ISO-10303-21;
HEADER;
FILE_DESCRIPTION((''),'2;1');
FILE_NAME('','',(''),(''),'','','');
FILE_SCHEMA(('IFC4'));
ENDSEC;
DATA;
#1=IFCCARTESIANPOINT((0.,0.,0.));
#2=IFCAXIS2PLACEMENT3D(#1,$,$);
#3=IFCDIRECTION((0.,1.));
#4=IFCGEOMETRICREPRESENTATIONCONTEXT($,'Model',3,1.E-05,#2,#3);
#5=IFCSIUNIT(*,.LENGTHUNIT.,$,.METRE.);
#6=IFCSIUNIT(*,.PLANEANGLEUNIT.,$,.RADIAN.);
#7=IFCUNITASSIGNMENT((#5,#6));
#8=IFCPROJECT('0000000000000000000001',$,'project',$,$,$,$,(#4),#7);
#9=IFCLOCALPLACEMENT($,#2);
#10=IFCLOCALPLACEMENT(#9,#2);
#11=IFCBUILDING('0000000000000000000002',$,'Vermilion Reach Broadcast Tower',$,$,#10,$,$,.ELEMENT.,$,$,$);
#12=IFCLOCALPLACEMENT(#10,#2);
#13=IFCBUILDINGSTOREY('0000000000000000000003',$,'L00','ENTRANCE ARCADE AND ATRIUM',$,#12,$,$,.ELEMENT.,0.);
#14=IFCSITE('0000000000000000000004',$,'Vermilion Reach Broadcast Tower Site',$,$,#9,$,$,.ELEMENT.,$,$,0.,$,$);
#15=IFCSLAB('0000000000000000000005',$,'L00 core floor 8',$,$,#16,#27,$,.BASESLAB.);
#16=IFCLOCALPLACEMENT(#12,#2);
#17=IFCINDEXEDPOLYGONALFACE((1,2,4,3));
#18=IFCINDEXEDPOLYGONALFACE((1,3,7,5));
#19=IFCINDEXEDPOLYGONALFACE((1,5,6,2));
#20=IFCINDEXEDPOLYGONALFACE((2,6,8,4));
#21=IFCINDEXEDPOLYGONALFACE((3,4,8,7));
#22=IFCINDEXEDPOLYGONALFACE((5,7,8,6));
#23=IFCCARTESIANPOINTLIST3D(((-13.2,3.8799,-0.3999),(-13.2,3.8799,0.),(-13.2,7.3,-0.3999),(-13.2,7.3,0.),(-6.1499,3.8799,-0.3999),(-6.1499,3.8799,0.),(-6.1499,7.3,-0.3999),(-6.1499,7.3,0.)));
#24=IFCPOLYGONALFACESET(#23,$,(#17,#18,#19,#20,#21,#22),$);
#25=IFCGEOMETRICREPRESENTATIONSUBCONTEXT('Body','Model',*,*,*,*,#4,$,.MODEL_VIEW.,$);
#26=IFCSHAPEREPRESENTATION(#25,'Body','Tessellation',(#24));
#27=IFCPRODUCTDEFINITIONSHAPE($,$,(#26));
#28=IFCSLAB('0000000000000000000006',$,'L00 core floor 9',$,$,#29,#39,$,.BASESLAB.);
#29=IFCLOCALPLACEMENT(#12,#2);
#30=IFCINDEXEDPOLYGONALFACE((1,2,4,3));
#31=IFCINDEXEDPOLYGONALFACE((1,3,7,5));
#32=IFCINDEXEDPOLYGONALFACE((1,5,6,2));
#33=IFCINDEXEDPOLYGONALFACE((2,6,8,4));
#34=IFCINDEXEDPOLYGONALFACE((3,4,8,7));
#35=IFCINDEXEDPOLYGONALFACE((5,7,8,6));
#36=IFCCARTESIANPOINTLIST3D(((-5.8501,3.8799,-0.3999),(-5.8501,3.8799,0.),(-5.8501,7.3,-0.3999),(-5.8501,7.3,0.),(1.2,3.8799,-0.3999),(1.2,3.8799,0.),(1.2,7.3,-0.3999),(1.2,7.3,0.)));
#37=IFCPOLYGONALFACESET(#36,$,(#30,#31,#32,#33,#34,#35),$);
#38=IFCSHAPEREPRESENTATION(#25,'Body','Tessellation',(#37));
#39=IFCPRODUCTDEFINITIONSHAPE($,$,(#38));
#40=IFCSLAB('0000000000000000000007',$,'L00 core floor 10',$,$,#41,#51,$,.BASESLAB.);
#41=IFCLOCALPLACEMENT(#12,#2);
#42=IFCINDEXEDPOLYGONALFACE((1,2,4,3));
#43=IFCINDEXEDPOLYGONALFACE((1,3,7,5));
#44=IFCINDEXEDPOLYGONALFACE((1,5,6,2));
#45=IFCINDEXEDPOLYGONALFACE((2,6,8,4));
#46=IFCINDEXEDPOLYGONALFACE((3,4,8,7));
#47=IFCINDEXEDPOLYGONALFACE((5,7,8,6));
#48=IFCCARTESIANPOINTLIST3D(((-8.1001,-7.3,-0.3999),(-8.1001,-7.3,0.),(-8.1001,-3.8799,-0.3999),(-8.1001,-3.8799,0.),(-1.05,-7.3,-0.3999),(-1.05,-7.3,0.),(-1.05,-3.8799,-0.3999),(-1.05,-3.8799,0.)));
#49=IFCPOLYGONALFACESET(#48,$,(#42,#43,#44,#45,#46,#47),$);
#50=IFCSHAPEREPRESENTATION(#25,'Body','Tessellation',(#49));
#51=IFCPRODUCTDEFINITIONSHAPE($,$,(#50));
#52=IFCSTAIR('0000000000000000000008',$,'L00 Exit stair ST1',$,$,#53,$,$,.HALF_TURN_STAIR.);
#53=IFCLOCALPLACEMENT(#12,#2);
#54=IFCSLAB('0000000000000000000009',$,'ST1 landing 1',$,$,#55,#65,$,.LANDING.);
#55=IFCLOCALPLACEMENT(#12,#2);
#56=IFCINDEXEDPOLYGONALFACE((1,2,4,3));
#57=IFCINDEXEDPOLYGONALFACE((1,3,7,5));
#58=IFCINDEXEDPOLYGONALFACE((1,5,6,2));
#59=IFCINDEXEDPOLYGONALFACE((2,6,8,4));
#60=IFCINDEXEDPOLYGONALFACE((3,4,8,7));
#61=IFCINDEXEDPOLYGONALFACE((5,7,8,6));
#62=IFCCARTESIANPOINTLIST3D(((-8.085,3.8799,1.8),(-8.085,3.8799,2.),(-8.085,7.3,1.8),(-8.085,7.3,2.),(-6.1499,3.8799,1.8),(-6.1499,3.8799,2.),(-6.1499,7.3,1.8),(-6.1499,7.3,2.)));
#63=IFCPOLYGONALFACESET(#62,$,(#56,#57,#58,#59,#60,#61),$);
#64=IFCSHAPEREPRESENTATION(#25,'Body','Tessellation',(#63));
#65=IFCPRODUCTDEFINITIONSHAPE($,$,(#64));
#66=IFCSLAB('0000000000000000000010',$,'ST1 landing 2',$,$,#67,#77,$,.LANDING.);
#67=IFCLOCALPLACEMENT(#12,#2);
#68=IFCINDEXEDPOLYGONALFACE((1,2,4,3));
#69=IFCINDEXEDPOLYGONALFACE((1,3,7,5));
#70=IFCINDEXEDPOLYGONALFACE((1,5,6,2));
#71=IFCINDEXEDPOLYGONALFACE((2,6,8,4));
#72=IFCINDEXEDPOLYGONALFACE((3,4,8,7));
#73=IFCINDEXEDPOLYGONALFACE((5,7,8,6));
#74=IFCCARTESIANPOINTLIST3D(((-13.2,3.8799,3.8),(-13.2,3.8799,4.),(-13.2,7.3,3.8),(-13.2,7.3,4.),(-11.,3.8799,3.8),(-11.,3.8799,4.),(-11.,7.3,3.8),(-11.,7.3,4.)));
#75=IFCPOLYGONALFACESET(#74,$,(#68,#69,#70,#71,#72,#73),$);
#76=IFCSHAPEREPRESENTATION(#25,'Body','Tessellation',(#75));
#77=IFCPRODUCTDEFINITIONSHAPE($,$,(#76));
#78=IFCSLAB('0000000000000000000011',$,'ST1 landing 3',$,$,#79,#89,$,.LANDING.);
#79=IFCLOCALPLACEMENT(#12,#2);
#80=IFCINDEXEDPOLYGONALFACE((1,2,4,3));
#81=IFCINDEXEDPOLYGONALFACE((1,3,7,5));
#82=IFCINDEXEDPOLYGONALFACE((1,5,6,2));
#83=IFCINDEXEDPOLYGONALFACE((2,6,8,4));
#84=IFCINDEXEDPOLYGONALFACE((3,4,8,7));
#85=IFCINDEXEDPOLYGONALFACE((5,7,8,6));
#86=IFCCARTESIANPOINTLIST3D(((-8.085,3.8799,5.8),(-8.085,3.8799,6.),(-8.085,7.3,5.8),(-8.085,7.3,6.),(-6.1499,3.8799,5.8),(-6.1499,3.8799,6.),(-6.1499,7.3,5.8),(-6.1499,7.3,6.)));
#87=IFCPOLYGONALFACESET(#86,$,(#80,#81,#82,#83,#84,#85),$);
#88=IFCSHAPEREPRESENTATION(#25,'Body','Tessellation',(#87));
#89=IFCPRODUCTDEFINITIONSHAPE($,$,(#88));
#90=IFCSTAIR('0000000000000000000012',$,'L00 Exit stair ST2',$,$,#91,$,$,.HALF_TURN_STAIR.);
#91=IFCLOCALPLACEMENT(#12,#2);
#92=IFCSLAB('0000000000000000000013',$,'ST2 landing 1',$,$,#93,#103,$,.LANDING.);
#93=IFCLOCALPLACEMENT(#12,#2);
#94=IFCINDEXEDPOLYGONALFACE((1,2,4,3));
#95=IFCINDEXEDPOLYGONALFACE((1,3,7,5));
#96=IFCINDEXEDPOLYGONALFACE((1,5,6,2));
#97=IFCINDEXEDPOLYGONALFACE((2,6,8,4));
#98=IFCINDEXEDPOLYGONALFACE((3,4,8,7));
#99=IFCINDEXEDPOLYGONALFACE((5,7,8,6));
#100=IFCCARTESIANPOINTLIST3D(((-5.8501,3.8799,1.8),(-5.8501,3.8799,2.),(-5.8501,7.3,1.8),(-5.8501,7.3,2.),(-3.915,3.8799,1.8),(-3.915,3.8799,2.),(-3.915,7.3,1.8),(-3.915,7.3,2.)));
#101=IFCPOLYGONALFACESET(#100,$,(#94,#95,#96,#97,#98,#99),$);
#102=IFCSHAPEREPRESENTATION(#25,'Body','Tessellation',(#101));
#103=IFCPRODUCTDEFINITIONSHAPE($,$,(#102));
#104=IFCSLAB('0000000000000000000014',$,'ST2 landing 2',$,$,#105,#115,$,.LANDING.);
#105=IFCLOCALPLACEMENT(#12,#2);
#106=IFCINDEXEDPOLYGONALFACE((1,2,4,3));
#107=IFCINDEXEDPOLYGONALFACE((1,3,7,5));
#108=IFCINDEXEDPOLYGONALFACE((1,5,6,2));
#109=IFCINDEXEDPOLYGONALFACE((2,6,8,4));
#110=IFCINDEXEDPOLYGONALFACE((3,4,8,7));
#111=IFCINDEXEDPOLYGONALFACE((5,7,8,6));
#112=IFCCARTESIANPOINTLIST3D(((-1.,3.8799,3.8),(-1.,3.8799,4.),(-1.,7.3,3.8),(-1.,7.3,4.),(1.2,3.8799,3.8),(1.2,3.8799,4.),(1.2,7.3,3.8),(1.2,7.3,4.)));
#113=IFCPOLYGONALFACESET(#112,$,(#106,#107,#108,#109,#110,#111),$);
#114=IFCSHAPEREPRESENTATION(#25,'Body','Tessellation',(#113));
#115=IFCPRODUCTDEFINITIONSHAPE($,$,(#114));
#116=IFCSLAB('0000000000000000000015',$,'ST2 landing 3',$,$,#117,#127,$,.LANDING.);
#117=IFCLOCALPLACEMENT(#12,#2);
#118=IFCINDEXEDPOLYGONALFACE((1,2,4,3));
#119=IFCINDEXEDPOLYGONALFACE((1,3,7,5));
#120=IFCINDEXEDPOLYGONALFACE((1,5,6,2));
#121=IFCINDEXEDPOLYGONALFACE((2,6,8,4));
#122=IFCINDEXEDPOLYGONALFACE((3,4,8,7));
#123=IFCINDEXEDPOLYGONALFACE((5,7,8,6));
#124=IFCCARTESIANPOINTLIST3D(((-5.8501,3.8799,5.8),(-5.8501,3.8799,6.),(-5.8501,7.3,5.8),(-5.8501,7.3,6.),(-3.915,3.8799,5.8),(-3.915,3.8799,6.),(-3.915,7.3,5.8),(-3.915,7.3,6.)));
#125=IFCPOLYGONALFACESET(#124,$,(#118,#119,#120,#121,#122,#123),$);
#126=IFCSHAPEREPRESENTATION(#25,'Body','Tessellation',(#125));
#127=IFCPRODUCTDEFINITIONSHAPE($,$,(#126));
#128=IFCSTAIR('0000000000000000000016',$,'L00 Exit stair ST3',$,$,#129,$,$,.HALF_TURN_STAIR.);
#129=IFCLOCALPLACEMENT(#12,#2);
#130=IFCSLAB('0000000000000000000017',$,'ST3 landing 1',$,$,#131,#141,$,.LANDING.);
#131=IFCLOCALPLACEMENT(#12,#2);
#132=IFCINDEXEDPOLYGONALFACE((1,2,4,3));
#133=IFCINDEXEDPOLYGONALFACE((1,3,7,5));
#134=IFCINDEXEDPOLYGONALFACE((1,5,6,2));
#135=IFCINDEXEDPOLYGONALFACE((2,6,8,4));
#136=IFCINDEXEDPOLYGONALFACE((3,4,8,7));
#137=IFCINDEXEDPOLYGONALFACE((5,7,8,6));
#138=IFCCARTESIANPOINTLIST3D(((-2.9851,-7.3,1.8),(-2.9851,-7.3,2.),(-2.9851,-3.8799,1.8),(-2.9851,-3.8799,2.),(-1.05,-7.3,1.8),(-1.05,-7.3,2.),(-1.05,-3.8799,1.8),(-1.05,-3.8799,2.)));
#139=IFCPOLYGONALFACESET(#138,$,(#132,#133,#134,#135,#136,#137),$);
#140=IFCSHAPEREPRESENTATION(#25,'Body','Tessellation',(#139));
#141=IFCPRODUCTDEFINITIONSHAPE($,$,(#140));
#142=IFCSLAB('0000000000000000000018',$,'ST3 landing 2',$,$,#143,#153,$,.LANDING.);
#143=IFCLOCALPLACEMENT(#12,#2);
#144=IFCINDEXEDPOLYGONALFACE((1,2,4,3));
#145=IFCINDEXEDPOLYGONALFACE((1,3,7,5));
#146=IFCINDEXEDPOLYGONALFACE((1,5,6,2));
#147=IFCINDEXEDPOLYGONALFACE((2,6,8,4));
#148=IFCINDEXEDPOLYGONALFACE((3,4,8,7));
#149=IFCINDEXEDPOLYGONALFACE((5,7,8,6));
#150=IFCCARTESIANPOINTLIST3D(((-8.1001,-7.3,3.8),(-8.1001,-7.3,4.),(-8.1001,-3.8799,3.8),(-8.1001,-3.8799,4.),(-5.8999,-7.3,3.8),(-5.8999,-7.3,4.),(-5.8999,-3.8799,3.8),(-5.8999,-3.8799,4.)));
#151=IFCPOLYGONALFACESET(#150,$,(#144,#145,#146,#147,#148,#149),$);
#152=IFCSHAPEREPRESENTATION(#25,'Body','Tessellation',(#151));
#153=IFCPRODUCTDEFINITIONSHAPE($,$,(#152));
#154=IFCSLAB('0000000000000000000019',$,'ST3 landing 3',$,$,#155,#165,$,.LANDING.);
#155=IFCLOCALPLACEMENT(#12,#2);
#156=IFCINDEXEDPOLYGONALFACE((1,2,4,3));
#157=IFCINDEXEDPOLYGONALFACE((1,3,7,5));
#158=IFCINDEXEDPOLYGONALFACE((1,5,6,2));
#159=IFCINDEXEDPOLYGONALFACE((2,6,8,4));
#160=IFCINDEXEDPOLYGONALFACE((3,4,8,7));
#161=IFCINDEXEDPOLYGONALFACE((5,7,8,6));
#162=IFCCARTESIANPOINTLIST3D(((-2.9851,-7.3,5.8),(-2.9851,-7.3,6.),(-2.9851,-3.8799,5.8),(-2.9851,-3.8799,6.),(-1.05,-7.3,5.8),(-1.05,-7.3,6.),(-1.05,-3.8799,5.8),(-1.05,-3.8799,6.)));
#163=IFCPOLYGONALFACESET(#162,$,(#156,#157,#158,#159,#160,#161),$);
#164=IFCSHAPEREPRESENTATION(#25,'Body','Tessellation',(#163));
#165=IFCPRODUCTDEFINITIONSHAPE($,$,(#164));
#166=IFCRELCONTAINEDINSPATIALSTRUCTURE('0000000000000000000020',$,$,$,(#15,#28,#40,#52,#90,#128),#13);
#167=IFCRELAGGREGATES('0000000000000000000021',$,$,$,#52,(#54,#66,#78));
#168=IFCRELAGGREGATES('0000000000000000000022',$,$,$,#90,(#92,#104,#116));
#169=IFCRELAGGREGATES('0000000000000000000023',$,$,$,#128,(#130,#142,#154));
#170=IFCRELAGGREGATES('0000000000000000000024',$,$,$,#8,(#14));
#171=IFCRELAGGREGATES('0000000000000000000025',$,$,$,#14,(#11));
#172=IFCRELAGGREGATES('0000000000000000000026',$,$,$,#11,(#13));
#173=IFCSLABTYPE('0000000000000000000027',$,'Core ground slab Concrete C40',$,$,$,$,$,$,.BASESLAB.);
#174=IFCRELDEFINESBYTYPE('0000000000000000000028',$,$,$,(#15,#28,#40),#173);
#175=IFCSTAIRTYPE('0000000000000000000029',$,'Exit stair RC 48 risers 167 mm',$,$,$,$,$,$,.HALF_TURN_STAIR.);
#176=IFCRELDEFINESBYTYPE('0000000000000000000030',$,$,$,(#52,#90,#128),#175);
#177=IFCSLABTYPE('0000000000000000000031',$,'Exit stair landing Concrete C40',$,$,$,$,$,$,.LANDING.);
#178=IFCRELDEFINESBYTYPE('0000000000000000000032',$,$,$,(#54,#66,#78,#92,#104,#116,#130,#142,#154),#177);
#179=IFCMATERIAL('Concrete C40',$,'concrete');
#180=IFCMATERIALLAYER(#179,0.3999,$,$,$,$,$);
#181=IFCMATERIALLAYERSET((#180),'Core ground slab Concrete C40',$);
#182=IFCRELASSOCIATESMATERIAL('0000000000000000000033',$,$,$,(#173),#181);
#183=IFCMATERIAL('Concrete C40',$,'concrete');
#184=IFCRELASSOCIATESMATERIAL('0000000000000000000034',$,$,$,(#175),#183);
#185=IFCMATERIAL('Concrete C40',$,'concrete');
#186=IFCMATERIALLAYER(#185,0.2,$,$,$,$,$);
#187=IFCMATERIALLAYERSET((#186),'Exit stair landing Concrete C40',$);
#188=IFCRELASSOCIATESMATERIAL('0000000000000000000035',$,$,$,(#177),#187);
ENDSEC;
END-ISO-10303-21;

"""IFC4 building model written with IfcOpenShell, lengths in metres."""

from ifc_helpers import new_model, si_unit, direction, frame, origin, place, context, subcontext, project, spatial, polyline, outline, extrude, material, layer, layer_set, type_object, element, aggregate, save


model = new_model("IFC4")

# Units and contexts
model_context = context("Model", 3, precision=1e-05, world=origin(), true_north=direction((0.0, 1.0)))
body_context = subcontext(model_context, "Body", "Model", "MODEL_VIEW")
ifc_project = project(units=[si_unit("LENGTHUNIT", "METRE"), si_unit("PLANEANGLEUNIT", "RADIAN")], contexts=[model_context])

# Site, building, storey
site_placement = place(None, origin())
site = spatial("IfcSite", under=ifc_project, at=site_placement, Name="Vermilion Reach Broadcast Tower Site", CompositionType="ELEMENT", RefElevation=0.0)
building_placement = place(site_placement, origin())
building = spatial("IfcBuilding", under=site, at=building_placement, Name="Vermilion Reach Broadcast Tower", CompositionType="ELEMENT")
storey_placement = place(building_placement, origin())
storey = spatial("IfcBuildingStorey", under=building, at=storey_placement, Name="L00", Description="ENTRANCE ARCADE AND ATRIUM", CompositionType="ELEMENT", Elevation=0.0)

# Slabs
ifc_material_1 = material(Name="Concrete C40", Category="concrete")
ifc_layer_1 = layer(ifc_material_1, 0.3999)
ifc_layer_set_1 = layer_set([ifc_layer_1], Name="Core ground slab Concrete C40")
slab_type_1 = type_object("IfcSlabType", Name="Core ground slab Concrete C40", PredefinedType="BASESLAB", material=ifc_layer_set_1)
placement_1 = place(storey_placement, frame((0.0, 0.0, -0.3999)))
element("IfcSlab", 1, at=placement_1, inside=storey, type_object=slab_type_1, Name="L00 core floor 8", PredefinedType="BASESLAB", context=body_context, shape_type="SweptSolid", body=[
    extrude(outline(polyline([(-13.2, 3.8799), (-6.1499, 3.8799), (-6.1499, 7.3), (-13.2, 7.3), (-13.2, 3.8799)])), origin(), (0.0, 0.0, 1.0), 0.3999),
])
element("IfcSlab", 2, at=placement_1, inside=storey, type_object=slab_type_1, Name="L00 core floor 9", PredefinedType="BASESLAB", context=body_context, shape_type="SweptSolid", body=[
    extrude(outline(polyline([(-5.8501, 3.8799), (1.2, 3.8799), (1.2, 7.3), (-5.8501, 7.3), (-5.8501, 3.8799)])), origin(), (0.0, 0.0, 1.0), 0.3999),
])
element("IfcSlab", 3, at=placement_1, inside=storey, type_object=slab_type_1, Name="L00 core floor 10", PredefinedType="BASESLAB", context=body_context, shape_type="SweptSolid", body=[
    extrude(outline(polyline([(-8.1001, -7.3), (-1.05, -7.3), (-1.05, -3.8799), (-8.1001, -3.8799), (-8.1001, -7.3)])), origin(), (0.0, 0.0, 1.0), 0.3999),
])

# Stairs, slabs
ifc_material_2 = material(Name="Concrete C40", Category="concrete")
stair_type = type_object("IfcStairType", Name="Exit stair RC 48 risers 167 mm", PredefinedType="HALF_TURN_STAIR", material=ifc_material_2)
placement_2 = place(storey_placement, origin())
stair_1 = element("IfcStair", 4, at=placement_2, inside=storey, type_object=stair_type, Name="L00 Exit stair ST1", PredefinedType="HALF_TURN_STAIR")
ifc_material_3 = material(Name="Concrete C40", Category="concrete")
ifc_layer_2 = layer(ifc_material_3, 0.2)
ifc_layer_set_2 = layer_set([ifc_layer_2], Name="Exit stair landing Concrete C40")
slab_type_2 = type_object("IfcSlabType", Name="Exit stair landing Concrete C40", PredefinedType="LANDING", material=ifc_layer_set_2)
placement_3 = place(storey_placement, frame((0.0, 0.0, 1.8)))
slab_1 = element("IfcSlab", 5, at=placement_3, type_object=slab_type_2, Name="ST1 landing 1", PredefinedType="LANDING", context=body_context, shape_type="SweptSolid", body=[
    extrude(outline(polyline([(-8.085, 3.8799), (-6.1499, 3.8799), (-6.1499, 7.3), (-8.085, 7.3), (-8.085, 3.8799)])), origin(), (0.0, 0.0, 1.0), 0.2),
])
placement_4 = place(storey_placement, frame((0.0, 0.0, 3.8)))
slab_2 = element("IfcSlab", 6, at=placement_4, type_object=slab_type_2, Name="ST1 landing 2", PredefinedType="LANDING", context=body_context, shape_type="SweptSolid", body=[
    extrude(outline(polyline([(-13.2, 3.8799), (-11.0, 3.8799), (-11.0, 7.3), (-13.2, 7.3), (-13.2, 3.8799)])), origin(), (0.0, 0.0, 1.0), 0.2),
])
placement_5 = place(storey_placement, frame((0.0, 0.0, 5.8)))
slab_3 = element("IfcSlab", 7, at=placement_5, type_object=slab_type_2, Name="ST1 landing 3", PredefinedType="LANDING", context=body_context, shape_type="SweptSolid", body=[
    extrude(outline(polyline([(-8.085, 3.8799), (-6.1499, 3.8799), (-6.1499, 7.3), (-8.085, 7.3), (-8.085, 3.8799)])), origin(), (0.0, 0.0, 1.0), 0.2),
])
aggregate(stair_1, [slab_1, slab_2, slab_3])
stair_2 = element("IfcStair", 8, at=placement_2, inside=storey, type_object=stair_type, Name="L00 Exit stair ST2", PredefinedType="HALF_TURN_STAIR")
slab_4 = element("IfcSlab", 9, at=placement_3, type_object=slab_type_2, Name="ST2 landing 1", PredefinedType="LANDING", context=body_context, shape_type="SweptSolid", body=[
    extrude(outline(polyline([(-3.915, 7.3), (-5.8501, 7.3), (-5.8501, 3.8799), (-3.915, 3.8799), (-3.915, 7.3)])), origin(), (0.0, 0.0, 1.0), 0.2),
])
slab_5 = element("IfcSlab", 10, at=placement_4, type_object=slab_type_2, Name="ST2 landing 2", PredefinedType="LANDING", context=body_context, shape_type="SweptSolid", body=[
    extrude(outline(polyline([(1.2, 7.3), (-1.0, 7.3), (-1.0, 3.8799), (1.2, 3.8799), (1.2, 7.3)])), origin(), (0.0, 0.0, 1.0), 0.2),
])
slab_6 = element("IfcSlab", 11, at=placement_5, type_object=slab_type_2, Name="ST2 landing 3", PredefinedType="LANDING", context=body_context, shape_type="SweptSolid", body=[
    extrude(outline(polyline([(-3.915, 7.3), (-5.8501, 7.3), (-5.8501, 3.8799), (-3.915, 3.8799), (-3.915, 7.3)])), origin(), (0.0, 0.0, 1.0), 0.2),
])
aggregate(stair_2, [slab_4, slab_5, slab_6])
stair_3 = element("IfcStair", 12, at=placement_2, inside=storey, type_object=stair_type, Name="L00 Exit stair ST3", PredefinedType="HALF_TURN_STAIR")
slab_7 = element("IfcSlab", 13, at=placement_3, type_object=slab_type_2, Name="ST3 landing 1", PredefinedType="LANDING", context=body_context, shape_type="SweptSolid", body=[
    extrude(outline(polyline([(-2.9851, -7.3), (-1.05, -7.3), (-1.05, -3.8799), (-2.9851, -3.8799), (-2.9851, -7.3)])), origin(), (0.0, 0.0, 1.0), 0.2),
])
slab_8 = element("IfcSlab", 14, at=placement_4, type_object=slab_type_2, Name="ST3 landing 2", PredefinedType="LANDING", context=body_context, shape_type="SweptSolid", body=[
    extrude(outline(polyline([(-8.1001, -7.3), (-5.8999, -7.3), (-5.8999, -3.8799), (-8.1001, -3.8799), (-8.1001, -7.3)])), origin(), (0.0, 0.0, 1.0), 0.2),
])
slab_9 = element("IfcSlab", 15, at=placement_5, type_object=slab_type_2, Name="ST3 landing 3", PredefinedType="LANDING", context=body_context, shape_type="SweptSolid", body=[
    extrude(outline(polyline([(-2.9851, -7.3), (-1.05, -7.3), (-1.05, -3.8799), (-2.9851, -3.8799), (-2.9851, -7.3)])), origin(), (0.0, 0.0, 1.0), 0.2),
])
aggregate(stair_3, [slab_7, slab_8, slab_9])

save(model, "model.ifc")
